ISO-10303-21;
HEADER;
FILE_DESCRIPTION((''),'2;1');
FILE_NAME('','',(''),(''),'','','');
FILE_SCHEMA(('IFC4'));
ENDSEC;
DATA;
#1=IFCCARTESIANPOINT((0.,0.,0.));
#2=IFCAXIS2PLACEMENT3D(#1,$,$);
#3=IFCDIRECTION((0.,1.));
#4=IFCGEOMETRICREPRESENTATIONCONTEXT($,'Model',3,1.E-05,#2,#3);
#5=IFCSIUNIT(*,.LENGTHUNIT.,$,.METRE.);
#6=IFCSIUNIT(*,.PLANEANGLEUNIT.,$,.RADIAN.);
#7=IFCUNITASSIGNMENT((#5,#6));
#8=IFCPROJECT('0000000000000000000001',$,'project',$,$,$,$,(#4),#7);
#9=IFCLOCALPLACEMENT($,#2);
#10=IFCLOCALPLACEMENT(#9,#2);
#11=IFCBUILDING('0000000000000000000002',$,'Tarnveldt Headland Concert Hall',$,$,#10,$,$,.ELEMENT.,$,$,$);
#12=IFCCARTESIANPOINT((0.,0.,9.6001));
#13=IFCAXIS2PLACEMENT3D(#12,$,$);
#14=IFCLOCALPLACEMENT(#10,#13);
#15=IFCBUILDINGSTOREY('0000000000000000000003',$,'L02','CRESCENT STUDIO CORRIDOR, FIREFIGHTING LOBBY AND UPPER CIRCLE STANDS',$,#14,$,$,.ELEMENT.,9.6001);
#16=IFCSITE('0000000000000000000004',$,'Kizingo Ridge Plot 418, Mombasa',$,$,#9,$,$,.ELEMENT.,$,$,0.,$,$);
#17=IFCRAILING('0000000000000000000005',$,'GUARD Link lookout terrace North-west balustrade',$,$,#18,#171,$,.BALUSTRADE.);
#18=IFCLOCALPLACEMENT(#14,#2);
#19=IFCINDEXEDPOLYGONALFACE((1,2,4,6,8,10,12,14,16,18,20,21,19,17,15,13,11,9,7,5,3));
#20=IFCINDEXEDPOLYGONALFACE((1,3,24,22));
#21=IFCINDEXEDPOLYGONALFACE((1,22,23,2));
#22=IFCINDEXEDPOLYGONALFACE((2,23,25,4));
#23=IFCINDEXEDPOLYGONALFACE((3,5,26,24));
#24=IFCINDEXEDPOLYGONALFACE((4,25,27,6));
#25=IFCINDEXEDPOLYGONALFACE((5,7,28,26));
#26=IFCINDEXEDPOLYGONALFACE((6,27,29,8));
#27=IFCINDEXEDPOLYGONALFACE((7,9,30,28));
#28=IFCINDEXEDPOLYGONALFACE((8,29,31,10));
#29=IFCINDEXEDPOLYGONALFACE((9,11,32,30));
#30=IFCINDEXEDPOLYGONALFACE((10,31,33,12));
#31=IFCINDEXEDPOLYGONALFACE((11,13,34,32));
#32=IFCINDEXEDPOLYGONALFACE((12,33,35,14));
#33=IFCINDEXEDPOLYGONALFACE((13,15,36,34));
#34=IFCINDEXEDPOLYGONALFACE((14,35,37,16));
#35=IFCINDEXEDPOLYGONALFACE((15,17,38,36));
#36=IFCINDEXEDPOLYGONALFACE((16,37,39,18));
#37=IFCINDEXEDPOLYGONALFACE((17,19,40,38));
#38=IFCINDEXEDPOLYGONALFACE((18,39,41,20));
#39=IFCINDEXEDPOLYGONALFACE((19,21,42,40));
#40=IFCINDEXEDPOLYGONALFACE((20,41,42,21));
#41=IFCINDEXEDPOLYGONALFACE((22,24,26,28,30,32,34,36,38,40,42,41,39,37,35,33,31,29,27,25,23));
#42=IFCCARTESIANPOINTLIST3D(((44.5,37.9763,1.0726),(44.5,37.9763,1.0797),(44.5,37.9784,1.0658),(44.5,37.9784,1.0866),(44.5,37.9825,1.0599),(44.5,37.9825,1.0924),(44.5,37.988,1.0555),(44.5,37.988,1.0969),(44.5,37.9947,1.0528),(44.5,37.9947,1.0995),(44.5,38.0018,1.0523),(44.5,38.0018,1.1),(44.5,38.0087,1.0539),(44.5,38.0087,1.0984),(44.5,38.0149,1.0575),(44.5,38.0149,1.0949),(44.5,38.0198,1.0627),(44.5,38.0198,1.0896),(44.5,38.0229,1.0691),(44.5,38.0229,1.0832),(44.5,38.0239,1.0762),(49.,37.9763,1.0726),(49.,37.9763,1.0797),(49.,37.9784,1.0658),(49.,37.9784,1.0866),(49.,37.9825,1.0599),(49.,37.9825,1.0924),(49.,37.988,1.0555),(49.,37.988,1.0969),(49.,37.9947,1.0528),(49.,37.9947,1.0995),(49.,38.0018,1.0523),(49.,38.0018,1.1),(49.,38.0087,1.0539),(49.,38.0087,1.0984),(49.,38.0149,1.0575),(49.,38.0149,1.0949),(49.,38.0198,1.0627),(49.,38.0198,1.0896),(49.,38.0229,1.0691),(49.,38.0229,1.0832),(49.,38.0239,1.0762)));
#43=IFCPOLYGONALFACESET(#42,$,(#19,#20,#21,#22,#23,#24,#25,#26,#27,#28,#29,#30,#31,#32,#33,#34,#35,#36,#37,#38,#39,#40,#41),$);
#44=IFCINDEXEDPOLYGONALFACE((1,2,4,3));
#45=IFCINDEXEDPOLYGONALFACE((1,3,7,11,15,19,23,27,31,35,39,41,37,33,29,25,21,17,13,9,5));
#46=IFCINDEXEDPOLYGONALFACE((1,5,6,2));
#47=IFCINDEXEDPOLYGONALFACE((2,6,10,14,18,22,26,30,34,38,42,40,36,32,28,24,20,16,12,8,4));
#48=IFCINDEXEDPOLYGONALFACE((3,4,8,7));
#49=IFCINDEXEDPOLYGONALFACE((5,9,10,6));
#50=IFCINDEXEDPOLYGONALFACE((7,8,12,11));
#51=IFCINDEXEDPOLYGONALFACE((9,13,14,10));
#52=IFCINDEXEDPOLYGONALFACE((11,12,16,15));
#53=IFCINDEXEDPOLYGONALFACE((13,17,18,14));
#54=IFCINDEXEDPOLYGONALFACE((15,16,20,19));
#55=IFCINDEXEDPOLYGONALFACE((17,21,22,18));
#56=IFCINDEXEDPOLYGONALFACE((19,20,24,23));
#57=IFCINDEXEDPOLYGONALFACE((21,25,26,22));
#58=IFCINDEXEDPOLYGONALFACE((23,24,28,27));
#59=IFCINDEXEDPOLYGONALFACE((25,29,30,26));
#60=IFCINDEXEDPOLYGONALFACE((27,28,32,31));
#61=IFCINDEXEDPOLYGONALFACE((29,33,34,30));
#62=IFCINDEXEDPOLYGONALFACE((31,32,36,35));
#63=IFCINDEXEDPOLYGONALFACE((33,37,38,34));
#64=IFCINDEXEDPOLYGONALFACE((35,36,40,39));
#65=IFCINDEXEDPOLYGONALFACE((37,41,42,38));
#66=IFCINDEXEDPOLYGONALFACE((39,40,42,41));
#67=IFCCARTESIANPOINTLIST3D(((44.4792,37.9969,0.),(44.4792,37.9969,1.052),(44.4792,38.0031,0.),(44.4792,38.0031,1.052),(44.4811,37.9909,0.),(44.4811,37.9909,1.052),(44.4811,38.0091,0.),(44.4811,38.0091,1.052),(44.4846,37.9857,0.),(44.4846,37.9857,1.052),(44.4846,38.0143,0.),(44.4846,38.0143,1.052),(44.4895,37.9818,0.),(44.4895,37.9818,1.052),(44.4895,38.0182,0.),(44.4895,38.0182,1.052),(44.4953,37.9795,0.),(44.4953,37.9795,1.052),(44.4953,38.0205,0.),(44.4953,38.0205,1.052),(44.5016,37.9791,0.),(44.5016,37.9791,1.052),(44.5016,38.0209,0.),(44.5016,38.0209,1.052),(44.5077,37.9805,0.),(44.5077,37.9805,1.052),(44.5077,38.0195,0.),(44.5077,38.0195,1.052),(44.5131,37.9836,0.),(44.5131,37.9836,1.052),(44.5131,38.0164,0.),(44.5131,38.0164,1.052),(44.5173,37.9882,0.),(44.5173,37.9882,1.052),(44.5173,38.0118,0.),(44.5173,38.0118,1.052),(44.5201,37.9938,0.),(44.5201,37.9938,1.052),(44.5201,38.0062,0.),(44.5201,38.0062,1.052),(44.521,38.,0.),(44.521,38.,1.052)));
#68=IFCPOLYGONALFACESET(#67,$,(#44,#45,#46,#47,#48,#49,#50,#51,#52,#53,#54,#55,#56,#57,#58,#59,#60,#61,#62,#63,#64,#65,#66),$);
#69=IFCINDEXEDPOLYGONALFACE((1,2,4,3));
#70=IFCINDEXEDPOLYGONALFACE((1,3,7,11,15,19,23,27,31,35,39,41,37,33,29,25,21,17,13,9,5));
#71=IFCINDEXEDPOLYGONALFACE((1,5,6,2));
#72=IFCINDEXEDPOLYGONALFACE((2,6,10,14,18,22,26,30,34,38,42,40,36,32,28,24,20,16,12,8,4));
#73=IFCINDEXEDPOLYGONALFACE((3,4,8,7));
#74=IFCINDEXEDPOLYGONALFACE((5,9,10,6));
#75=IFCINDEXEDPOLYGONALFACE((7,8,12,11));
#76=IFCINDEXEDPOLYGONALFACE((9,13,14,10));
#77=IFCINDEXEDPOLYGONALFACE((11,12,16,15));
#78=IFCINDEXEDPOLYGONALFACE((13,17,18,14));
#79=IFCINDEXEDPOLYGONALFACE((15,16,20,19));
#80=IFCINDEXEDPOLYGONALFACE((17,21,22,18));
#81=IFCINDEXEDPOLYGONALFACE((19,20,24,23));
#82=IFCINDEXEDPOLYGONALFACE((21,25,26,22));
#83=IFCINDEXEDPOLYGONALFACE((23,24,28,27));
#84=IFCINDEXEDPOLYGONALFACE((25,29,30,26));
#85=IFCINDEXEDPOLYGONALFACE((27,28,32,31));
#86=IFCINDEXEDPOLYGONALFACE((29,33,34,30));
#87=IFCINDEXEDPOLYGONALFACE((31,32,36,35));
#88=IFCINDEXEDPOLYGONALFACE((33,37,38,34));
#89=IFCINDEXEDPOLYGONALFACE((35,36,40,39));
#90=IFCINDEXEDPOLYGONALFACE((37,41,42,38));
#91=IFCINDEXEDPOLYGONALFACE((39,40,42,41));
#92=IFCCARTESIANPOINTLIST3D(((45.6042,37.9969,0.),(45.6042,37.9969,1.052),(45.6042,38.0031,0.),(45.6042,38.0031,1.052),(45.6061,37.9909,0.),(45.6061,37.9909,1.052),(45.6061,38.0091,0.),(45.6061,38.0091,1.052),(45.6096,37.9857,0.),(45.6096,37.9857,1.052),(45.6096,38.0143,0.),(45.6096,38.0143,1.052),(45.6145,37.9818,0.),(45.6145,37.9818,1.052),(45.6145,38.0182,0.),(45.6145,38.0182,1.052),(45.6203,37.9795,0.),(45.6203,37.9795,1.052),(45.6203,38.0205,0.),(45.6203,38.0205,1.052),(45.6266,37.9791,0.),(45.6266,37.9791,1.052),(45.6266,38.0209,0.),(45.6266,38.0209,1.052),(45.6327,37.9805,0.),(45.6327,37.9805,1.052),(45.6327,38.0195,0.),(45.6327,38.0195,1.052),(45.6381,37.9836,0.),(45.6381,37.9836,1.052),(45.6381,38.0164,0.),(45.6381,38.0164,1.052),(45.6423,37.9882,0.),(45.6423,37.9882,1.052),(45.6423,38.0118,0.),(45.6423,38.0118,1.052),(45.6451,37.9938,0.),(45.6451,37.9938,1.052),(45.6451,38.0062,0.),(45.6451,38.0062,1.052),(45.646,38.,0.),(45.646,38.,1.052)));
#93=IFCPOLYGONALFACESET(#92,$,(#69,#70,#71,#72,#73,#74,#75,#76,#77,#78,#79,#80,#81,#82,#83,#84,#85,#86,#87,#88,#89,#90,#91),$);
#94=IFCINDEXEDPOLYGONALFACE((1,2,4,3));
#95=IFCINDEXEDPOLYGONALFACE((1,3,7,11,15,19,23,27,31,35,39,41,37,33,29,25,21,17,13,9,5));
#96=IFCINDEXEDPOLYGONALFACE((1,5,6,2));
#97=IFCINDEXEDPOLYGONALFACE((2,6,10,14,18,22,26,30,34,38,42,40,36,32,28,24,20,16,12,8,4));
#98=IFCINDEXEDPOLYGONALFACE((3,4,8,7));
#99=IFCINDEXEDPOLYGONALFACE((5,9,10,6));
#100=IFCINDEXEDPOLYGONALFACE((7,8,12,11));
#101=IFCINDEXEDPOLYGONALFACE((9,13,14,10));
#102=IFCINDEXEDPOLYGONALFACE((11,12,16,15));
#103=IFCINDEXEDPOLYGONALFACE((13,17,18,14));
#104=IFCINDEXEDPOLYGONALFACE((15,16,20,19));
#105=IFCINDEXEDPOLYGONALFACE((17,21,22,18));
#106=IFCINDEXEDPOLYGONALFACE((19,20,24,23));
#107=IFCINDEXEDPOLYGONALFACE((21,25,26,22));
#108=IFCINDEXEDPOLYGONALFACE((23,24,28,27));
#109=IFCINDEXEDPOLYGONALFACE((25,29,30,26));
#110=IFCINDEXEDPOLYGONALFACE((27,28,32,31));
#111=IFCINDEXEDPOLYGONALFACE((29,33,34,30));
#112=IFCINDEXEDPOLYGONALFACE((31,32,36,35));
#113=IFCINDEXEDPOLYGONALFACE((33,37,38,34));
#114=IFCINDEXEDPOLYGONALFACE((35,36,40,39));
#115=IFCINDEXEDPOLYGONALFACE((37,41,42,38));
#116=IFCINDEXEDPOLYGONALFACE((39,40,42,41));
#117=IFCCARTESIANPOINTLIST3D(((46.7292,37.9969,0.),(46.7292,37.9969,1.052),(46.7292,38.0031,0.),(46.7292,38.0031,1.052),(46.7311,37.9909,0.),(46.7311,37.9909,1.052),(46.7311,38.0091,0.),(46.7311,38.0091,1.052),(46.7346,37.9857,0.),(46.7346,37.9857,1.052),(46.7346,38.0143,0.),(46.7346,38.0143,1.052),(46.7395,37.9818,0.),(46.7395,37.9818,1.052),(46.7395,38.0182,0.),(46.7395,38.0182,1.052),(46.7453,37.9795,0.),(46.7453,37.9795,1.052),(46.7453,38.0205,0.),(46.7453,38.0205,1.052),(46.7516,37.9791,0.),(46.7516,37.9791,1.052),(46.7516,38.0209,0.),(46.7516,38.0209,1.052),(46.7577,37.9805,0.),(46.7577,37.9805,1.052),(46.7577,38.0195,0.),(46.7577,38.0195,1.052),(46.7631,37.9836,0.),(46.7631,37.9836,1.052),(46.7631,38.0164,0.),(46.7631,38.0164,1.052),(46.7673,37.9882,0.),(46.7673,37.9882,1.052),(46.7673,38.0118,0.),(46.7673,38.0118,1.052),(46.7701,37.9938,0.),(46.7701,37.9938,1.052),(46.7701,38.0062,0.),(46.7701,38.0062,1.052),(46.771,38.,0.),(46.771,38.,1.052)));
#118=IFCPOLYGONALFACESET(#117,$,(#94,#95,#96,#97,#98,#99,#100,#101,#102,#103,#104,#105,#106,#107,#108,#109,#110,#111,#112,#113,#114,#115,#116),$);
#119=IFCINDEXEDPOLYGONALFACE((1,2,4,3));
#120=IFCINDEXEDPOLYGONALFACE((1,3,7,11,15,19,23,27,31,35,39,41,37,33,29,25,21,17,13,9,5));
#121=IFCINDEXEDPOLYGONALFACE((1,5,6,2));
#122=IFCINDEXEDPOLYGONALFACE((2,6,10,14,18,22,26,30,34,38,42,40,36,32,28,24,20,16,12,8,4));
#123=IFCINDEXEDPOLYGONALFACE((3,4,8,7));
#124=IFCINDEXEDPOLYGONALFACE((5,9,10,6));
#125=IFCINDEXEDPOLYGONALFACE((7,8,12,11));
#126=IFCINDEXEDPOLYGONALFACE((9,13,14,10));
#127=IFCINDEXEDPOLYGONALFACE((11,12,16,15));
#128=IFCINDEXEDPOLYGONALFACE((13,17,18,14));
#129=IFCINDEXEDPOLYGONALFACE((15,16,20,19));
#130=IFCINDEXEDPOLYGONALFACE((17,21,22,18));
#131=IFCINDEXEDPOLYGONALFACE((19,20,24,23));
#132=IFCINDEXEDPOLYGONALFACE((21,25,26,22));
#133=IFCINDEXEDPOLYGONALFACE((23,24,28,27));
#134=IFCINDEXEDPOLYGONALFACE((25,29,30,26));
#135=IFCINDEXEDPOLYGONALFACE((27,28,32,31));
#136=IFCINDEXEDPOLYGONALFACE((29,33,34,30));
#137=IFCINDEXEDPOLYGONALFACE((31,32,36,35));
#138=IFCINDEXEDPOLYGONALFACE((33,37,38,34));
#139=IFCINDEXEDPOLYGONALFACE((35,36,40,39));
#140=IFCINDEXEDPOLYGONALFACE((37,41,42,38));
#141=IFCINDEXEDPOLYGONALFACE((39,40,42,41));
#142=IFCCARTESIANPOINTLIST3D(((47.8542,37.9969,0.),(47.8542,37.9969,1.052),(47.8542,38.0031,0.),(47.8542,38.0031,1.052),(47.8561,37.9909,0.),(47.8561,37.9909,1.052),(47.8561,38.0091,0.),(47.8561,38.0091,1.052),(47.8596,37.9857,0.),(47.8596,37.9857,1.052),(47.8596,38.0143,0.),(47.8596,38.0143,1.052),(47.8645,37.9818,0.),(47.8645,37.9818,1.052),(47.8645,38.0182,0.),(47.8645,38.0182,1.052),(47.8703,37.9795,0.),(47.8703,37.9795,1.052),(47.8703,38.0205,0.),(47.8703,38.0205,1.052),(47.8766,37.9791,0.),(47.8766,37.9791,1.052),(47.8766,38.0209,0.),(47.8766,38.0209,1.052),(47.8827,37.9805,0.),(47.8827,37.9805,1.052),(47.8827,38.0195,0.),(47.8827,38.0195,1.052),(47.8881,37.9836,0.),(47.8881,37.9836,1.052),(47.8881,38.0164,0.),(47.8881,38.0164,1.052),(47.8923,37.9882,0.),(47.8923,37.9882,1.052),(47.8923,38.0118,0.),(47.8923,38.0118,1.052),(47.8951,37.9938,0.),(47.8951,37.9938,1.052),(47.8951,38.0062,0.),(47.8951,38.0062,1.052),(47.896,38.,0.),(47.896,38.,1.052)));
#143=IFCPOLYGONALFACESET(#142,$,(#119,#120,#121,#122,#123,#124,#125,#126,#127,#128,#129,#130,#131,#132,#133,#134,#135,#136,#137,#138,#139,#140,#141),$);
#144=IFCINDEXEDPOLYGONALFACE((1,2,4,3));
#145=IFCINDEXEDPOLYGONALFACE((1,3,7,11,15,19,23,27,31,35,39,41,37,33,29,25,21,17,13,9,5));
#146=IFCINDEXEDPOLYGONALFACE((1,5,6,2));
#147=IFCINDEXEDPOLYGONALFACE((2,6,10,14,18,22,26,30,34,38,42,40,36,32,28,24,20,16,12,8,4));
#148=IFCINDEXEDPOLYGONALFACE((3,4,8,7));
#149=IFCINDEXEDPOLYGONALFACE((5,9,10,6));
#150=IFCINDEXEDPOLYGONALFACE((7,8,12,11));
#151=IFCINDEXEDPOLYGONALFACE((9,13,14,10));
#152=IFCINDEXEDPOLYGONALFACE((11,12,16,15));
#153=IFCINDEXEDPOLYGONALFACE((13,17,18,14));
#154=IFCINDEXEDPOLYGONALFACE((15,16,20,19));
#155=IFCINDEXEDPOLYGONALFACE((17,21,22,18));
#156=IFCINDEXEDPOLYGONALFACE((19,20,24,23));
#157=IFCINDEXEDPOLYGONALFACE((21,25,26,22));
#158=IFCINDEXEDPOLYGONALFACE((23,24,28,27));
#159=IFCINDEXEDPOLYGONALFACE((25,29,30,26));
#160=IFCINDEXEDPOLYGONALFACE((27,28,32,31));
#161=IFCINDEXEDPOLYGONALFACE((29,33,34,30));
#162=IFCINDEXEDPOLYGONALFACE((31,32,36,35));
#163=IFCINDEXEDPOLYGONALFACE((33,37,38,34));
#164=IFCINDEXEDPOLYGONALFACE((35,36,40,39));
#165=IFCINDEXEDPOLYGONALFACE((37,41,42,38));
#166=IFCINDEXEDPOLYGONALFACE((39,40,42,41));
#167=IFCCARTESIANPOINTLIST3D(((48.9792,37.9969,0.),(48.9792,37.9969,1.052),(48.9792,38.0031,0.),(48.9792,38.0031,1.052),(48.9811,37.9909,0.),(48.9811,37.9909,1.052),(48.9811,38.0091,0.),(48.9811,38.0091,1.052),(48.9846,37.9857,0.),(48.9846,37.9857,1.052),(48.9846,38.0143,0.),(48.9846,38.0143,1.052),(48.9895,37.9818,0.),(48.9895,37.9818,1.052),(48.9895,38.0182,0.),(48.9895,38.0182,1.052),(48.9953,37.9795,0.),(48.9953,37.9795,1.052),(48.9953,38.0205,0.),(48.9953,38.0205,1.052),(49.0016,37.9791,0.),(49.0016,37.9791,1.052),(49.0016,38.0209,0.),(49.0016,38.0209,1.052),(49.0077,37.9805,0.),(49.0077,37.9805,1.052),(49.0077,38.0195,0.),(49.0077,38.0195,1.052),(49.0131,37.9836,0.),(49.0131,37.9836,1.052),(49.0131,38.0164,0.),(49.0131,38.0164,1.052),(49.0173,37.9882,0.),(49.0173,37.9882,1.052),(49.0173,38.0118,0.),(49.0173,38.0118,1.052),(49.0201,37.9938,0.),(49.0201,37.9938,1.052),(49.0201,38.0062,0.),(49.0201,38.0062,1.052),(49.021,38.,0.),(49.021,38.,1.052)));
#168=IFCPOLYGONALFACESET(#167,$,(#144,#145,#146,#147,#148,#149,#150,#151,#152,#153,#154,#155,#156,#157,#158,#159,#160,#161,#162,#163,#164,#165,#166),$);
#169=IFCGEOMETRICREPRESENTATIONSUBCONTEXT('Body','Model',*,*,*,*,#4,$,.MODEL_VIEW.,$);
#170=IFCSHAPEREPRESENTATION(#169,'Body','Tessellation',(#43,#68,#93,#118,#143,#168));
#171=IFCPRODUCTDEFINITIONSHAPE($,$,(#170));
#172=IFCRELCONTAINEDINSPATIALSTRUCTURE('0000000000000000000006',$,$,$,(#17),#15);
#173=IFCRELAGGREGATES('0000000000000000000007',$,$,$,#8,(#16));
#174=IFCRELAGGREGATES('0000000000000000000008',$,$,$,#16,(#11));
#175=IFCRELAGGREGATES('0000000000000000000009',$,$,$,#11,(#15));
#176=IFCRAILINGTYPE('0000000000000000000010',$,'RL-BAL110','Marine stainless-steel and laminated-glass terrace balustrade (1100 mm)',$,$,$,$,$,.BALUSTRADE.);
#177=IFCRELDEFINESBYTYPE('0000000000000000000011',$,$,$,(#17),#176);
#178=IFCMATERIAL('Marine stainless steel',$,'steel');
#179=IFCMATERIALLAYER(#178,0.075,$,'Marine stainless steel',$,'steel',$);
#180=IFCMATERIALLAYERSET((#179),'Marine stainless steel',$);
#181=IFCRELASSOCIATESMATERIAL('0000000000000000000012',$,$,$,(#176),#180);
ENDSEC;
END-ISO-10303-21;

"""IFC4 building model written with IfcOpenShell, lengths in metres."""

from ifc_helpers import new_model, si_unit, direction, frame, origin, origin_2d, place, context, subcontext, project, spatial, circle, extrude, material, layer, layer_set, type_object, element, save


model = new_model("IFC4")

# Units and contexts
model_context = context("Model", 3, precision=1e-05, world=origin(), true_north=direction((0.0, 1.0)))
body_context = subcontext(model_context, "Body", "Model", "MODEL_VIEW")
ifc_project = project(units=[si_unit("LENGTHUNIT", "METRE"), si_unit("PLANEANGLEUNIT", "RADIAN")], contexts=[model_context])

# Site, building, storey
site_placement = place(None, origin())
site = spatial("IfcSite", under=ifc_project, at=site_placement, Name="Kizingo Ridge Plot 418, Mombasa", CompositionType="ELEMENT", RefElevation=0.0)
building_placement = place(site_placement, origin())
building = spatial("IfcBuilding", under=site, at=building_placement, Name="Tarnveldt Headland Concert Hall", CompositionType="ELEMENT")
storey_placement = place(building_placement, frame((0.0, 0.0, 9.6001)))
storey = spatial("IfcBuildingStorey", under=building, at=storey_placement, Name="L02", Description="CRESCENT STUDIO CORRIDOR, FIREFIGHTING LOBBY AND UPPER CIRCLE STANDS", CompositionType="ELEMENT", Elevation=9.6001)

# Railing
ifc_material_1 = material(Name="Marine stainless steel", Category="steel")
ifc_layer_1 = layer(ifc_material_1, 0.075, Name="Marine stainless steel", Category="steel")
ifc_layer_set_1 = layer_set([ifc_layer_1], Name="Marine stainless steel")
railing_type = type_object("IfcRailingType", Name="RL-BAL110", Description="Marine stainless-steel and laminated-glass terrace balustrade (1100 mm)", PredefinedType="BALUSTRADE", material=ifc_layer_set_1)
railing_1_placement = place(storey_placement, frame((44.5, 38.0, 0.0)))
element("IfcRailing", 1, at=railing_1_placement, inside=storey, type_object=railing_type, Name="GUARD Link lookout terrace North-west balustrade", PredefinedType="BALUSTRADE", context=body_context, shape_type="SweptSolid", body=[
    extrude(circle(Radius=0.0239, at=origin_2d()), frame((0.0, 0.0, 1.0762), z_axis=(1.0, 0.0, 0.0), x_axis=(0.0, 1.0, 0.0)), (0.0, 0.0, 1.0), 4.5),
    extrude(circle(Radius=0.021, at=origin_2d()), origin(), (0.0, 0.0, 1.0), 1.052),
    extrude(circle(Radius=0.021, at=origin_2d()), frame((1.125, 0.0, 0.0)), (0.0, 0.0, 1.0), 1.052),
    extrude(circle(Radius=0.021, at=origin_2d()), frame((2.25, 0.0, 0.0)), (0.0, 0.0, 1.0), 1.052),
    extrude(circle(Radius=0.021, at=origin_2d()), frame((3.375, 0.0, 0.0)), (0.0, 0.0, 1.0), 1.052),
    extrude(circle(Radius=0.021, at=origin_2d()), frame((4.5, 0.0, 0.0)), (0.0, 0.0, 1.0), 1.052),
])

save(model, "model.ifc")
